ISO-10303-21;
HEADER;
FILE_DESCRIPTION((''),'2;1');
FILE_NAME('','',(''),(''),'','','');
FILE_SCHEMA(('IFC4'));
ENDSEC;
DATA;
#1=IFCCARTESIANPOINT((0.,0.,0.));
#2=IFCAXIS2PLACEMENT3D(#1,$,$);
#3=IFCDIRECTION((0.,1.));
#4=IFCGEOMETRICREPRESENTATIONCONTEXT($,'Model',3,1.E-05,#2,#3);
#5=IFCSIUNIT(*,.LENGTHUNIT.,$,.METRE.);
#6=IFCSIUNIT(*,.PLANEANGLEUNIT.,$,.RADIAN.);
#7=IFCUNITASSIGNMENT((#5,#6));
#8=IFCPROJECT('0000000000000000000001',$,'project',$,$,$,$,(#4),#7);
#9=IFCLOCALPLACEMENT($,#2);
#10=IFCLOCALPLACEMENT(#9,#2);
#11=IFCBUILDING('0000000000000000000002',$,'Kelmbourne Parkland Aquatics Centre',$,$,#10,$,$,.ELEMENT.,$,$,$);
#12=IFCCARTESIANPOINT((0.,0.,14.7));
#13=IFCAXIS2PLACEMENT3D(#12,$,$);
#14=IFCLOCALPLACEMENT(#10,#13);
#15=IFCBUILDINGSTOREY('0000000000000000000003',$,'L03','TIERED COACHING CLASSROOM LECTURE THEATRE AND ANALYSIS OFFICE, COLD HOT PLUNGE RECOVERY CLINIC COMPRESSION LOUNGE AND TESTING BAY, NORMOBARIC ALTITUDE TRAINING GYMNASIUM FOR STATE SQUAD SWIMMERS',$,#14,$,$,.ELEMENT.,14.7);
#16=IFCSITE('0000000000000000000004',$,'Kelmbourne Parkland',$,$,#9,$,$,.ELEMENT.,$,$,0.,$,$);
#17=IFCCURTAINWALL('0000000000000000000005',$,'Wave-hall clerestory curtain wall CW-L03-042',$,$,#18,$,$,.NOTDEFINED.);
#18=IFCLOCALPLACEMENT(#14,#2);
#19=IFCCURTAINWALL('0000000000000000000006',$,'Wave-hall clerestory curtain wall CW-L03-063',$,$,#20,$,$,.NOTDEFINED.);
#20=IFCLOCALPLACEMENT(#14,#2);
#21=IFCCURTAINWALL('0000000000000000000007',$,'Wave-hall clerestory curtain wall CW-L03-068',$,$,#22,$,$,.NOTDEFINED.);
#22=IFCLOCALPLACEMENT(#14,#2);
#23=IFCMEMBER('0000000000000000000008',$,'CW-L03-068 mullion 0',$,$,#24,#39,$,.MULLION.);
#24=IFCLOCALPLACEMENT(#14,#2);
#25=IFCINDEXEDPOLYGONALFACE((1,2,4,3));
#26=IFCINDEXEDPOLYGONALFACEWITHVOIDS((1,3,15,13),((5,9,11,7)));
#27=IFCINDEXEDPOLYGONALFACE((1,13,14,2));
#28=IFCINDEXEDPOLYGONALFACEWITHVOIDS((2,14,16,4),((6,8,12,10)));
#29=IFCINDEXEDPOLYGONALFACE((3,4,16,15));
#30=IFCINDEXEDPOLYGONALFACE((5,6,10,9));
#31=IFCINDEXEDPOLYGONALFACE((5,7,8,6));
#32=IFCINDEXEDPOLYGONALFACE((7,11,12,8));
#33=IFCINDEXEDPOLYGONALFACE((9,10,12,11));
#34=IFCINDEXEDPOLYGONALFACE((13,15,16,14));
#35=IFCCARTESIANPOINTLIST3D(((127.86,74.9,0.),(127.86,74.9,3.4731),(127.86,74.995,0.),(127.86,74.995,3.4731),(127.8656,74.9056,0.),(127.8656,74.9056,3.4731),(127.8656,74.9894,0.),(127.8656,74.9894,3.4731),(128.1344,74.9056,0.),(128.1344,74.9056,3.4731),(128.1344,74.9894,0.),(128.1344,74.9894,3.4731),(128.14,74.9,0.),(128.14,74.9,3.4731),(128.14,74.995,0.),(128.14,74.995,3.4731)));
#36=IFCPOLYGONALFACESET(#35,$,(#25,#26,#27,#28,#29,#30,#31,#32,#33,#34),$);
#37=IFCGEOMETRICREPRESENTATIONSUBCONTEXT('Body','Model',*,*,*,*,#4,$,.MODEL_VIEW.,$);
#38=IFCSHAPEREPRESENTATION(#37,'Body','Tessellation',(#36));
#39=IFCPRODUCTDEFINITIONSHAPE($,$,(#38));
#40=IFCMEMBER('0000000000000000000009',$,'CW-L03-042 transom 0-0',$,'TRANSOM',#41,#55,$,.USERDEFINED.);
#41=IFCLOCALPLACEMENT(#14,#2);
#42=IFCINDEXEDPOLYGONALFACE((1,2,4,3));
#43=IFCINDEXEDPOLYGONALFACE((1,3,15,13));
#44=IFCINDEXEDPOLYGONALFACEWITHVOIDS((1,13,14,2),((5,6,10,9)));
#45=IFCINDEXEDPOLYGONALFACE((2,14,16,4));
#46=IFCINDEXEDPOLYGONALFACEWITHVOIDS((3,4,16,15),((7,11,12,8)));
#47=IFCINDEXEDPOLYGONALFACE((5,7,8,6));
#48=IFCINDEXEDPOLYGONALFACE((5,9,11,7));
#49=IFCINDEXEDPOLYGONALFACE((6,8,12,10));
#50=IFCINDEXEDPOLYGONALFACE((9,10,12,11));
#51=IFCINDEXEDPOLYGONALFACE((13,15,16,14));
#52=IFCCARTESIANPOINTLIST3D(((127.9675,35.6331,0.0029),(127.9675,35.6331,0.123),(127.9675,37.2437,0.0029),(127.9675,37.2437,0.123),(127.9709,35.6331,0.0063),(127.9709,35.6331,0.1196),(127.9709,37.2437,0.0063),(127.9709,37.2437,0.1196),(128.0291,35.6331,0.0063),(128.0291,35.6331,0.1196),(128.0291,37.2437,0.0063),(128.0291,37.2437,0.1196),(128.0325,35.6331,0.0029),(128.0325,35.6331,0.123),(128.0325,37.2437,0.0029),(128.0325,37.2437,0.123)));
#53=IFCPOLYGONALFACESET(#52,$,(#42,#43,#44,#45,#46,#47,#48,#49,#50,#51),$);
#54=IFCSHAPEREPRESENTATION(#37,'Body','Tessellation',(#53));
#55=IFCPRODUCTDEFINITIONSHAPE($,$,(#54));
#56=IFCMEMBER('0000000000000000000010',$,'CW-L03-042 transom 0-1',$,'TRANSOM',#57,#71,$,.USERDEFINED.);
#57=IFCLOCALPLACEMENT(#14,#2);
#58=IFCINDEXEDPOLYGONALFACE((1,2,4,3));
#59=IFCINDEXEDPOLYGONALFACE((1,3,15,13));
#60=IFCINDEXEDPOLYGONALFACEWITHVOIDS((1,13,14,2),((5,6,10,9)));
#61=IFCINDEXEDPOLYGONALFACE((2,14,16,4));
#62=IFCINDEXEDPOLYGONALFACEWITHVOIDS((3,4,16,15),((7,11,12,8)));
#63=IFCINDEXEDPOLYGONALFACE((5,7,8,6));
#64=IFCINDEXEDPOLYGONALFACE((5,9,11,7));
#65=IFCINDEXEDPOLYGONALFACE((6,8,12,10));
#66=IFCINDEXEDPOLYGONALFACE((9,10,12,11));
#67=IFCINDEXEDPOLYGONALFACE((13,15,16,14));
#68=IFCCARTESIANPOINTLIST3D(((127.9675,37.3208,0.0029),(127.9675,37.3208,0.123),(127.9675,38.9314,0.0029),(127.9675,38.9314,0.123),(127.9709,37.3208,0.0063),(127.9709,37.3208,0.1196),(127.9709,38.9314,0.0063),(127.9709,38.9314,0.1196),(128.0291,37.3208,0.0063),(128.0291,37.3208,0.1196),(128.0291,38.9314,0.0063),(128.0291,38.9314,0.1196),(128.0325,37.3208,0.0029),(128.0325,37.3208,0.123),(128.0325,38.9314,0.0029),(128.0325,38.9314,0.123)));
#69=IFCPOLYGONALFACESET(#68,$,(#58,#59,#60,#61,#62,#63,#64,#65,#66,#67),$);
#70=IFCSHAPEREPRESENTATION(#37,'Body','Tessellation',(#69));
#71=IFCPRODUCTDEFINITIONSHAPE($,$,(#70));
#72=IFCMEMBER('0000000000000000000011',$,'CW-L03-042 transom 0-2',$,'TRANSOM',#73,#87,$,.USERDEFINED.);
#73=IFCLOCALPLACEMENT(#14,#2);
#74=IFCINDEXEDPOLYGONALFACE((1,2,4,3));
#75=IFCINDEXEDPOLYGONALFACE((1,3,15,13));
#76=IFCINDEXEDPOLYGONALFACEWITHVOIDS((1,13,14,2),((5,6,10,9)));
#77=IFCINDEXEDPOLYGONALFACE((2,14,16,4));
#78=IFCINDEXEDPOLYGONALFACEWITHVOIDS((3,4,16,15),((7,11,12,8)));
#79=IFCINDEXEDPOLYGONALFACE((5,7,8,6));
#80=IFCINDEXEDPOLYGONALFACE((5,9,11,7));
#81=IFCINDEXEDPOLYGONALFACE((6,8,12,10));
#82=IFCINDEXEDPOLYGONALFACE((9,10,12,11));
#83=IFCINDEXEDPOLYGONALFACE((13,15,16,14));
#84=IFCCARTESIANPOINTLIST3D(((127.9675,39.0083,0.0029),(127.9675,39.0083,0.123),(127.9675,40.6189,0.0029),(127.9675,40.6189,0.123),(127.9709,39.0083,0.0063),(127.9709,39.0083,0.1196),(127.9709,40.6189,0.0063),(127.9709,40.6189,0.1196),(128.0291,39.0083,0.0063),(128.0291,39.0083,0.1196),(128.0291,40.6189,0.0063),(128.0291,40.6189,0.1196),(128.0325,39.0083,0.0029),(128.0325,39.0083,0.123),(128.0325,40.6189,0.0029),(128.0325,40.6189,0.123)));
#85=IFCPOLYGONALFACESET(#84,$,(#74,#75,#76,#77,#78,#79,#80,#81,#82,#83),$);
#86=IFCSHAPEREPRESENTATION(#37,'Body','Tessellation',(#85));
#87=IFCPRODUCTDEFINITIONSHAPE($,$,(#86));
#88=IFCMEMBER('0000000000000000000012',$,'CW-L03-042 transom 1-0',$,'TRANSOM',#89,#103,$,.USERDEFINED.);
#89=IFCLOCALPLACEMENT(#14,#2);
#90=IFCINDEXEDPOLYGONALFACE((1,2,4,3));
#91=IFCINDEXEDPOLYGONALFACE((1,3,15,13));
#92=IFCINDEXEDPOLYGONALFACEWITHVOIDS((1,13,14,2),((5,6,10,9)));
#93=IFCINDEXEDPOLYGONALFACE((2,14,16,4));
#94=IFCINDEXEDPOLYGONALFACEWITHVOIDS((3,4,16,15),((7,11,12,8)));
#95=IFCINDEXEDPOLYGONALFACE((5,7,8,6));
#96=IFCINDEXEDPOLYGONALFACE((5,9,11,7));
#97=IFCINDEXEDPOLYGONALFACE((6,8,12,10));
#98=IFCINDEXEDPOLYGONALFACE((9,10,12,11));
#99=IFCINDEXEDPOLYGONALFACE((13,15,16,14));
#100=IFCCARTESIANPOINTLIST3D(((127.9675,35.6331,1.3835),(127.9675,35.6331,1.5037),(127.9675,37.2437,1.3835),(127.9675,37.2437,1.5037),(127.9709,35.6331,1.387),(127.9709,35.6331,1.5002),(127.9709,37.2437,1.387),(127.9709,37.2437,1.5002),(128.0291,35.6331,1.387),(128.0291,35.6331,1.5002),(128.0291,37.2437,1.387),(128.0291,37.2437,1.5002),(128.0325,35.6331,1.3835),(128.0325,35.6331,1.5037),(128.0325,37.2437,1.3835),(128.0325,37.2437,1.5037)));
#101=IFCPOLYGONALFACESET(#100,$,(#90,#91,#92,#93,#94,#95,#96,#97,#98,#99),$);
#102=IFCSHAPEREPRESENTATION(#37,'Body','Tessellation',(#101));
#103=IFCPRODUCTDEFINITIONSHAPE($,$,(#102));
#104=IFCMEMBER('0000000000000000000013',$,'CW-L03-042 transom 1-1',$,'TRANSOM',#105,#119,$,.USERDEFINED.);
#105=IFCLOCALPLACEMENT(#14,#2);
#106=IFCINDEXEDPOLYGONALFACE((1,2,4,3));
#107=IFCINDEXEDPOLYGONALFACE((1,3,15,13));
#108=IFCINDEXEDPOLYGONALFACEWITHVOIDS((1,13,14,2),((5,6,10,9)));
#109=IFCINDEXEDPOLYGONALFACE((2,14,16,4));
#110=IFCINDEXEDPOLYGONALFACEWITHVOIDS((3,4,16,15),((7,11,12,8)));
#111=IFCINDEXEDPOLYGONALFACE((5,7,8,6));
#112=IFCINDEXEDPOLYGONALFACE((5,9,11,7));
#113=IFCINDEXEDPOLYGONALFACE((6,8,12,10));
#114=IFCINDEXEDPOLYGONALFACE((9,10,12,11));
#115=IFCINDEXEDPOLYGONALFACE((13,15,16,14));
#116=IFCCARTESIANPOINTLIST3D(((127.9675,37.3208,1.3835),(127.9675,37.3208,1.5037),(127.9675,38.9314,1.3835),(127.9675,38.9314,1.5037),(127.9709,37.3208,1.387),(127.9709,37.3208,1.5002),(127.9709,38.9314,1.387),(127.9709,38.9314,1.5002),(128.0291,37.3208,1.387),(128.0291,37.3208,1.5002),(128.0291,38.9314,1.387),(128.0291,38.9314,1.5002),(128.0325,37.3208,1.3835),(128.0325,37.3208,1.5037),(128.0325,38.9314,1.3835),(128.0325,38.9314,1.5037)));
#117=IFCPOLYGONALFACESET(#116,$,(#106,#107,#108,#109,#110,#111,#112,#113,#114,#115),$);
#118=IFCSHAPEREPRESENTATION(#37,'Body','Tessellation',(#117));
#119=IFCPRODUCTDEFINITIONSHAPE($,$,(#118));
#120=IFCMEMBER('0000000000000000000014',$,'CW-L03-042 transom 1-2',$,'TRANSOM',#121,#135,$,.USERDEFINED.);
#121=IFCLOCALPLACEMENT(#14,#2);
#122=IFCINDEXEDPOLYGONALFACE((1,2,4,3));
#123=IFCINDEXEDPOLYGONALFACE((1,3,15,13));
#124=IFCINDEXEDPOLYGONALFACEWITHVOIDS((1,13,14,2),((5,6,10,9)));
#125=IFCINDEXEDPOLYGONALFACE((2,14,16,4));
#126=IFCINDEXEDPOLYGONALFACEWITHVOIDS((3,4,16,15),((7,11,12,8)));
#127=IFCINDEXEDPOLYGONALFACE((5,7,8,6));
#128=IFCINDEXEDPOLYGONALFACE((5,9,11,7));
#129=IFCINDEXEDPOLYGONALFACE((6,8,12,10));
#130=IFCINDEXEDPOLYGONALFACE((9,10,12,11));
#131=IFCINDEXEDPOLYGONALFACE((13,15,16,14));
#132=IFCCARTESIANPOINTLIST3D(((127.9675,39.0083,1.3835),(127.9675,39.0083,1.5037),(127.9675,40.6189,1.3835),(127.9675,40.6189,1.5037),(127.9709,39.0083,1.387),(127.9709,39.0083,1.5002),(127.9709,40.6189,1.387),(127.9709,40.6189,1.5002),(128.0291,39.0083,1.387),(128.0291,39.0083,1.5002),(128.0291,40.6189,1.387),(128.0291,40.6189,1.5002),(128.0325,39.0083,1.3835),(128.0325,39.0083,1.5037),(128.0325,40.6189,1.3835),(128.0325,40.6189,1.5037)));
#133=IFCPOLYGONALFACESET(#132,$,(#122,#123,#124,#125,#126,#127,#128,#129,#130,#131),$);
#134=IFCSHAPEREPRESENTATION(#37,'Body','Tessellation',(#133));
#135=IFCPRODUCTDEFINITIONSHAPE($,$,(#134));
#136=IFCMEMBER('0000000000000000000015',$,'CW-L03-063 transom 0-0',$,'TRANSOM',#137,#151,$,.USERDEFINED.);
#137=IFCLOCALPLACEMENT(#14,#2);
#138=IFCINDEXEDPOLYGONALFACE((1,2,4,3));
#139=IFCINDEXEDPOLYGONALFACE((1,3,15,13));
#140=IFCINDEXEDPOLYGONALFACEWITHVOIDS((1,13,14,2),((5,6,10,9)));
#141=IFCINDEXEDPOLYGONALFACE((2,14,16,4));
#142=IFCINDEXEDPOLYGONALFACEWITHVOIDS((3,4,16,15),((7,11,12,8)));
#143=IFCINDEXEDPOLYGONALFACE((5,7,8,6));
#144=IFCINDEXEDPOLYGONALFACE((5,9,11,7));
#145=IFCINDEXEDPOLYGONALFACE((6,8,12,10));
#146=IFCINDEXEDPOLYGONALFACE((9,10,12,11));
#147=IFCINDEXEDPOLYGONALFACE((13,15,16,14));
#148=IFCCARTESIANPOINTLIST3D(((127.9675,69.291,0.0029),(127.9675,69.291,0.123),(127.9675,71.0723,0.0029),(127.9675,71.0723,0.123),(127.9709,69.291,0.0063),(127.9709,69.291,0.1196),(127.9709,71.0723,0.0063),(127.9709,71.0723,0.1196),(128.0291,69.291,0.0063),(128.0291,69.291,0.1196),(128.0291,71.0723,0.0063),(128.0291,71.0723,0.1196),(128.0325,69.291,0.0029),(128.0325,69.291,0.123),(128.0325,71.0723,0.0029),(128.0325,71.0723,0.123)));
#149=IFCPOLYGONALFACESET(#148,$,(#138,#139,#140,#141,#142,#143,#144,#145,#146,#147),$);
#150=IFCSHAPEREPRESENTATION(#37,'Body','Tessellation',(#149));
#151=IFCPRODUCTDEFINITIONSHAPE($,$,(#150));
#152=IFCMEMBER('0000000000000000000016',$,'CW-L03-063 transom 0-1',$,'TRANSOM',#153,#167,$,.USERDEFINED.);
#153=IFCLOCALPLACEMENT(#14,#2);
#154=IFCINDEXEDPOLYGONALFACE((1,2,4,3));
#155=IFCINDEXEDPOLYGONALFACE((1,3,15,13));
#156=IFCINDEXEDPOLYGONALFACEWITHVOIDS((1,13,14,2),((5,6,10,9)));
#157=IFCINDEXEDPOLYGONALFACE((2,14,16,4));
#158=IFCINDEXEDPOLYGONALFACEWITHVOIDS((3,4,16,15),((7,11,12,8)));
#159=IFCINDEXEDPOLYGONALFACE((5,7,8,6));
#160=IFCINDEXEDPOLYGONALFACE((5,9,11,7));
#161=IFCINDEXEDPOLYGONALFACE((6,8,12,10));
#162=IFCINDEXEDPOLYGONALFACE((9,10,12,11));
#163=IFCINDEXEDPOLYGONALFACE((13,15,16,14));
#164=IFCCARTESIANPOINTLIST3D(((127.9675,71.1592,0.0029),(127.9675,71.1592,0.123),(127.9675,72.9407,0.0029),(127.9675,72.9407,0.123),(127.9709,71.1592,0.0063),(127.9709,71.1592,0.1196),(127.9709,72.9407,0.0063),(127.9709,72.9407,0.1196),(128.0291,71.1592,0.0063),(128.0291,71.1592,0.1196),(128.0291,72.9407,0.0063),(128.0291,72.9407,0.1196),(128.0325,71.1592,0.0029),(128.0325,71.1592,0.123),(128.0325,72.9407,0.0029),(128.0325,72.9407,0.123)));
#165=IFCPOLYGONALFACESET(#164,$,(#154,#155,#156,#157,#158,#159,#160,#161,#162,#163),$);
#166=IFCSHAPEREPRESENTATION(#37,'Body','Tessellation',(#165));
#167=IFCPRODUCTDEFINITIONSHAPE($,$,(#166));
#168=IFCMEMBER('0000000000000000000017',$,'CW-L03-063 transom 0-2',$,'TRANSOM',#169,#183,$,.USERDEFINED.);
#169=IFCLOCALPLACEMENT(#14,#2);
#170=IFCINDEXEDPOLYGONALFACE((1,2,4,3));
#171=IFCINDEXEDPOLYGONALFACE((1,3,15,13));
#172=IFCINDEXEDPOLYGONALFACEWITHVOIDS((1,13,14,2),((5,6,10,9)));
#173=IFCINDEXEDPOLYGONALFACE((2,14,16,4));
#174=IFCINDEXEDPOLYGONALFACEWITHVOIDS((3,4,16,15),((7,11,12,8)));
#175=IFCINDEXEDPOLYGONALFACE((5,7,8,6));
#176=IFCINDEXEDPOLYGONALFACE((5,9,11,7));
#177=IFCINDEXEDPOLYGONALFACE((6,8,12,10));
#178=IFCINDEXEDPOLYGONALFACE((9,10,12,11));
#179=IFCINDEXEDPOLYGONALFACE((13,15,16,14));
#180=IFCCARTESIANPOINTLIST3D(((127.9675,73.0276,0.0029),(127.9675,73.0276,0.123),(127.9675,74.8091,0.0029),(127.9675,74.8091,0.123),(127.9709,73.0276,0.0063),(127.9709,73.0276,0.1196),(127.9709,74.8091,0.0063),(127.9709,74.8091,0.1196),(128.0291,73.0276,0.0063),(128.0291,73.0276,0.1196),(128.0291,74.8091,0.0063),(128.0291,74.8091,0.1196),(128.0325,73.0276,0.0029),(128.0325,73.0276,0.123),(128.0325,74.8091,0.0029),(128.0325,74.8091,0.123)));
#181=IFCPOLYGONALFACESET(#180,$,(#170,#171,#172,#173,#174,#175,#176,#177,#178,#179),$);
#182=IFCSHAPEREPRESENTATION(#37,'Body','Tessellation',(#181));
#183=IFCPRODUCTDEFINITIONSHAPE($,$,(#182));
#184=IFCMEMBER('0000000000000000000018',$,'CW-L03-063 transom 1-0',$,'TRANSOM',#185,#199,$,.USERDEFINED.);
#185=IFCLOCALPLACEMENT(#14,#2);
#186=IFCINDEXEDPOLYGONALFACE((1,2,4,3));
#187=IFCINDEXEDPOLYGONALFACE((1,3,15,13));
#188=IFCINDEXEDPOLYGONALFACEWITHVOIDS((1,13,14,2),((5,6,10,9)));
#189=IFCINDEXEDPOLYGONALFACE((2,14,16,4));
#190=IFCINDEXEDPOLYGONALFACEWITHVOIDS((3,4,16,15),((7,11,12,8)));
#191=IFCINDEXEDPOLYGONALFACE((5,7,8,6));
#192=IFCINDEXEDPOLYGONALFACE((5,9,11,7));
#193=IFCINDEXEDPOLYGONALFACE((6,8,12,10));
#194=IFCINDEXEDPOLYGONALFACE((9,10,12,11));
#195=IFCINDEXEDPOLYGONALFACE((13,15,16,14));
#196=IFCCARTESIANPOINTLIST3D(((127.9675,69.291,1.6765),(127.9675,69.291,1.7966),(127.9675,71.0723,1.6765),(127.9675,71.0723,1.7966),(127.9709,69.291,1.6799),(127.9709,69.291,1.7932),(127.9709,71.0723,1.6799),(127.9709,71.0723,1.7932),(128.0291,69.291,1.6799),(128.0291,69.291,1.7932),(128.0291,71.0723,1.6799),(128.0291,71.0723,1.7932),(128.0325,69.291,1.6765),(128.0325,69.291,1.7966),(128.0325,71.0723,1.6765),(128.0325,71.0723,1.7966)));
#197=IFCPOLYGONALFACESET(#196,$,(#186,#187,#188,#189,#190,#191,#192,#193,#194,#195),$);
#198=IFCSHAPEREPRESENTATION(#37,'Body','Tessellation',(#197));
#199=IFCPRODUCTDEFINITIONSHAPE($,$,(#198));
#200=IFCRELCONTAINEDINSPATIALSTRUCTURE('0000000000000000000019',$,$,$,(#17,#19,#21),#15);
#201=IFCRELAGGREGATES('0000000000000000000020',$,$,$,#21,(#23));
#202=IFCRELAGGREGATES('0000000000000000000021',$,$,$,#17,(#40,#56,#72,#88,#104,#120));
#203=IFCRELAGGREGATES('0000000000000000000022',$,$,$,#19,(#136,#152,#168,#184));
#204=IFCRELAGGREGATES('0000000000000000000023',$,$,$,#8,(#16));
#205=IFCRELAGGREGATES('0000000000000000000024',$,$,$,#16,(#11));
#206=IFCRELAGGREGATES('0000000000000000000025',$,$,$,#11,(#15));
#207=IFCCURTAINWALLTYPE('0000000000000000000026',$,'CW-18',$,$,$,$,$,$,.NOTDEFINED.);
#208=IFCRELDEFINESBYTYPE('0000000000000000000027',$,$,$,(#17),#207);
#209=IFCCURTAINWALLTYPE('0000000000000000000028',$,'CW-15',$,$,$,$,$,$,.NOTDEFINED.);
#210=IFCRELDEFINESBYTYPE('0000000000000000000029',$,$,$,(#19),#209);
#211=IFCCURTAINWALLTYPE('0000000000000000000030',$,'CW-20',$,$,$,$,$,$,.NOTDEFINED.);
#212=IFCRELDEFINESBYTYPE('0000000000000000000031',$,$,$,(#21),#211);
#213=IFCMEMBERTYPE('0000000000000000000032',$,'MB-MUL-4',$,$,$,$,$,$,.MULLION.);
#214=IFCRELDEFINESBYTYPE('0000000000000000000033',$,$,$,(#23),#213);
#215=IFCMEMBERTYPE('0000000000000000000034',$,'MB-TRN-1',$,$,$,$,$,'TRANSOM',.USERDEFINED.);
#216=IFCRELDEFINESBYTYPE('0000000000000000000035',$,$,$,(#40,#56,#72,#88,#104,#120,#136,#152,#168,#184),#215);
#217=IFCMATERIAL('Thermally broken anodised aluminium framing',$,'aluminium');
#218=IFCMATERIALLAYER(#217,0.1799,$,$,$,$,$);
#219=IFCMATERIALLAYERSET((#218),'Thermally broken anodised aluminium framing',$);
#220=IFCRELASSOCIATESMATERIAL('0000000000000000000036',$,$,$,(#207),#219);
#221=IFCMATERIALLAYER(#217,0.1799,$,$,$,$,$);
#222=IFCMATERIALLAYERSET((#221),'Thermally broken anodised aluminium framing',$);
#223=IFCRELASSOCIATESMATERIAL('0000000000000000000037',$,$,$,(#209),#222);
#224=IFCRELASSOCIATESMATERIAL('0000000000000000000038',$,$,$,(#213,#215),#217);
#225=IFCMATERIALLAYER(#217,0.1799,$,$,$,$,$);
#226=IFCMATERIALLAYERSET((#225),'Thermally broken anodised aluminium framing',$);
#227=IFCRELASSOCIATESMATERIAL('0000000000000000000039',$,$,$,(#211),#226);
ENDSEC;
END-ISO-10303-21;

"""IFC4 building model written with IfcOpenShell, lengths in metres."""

from ifc_helpers import new_model, si_unit, direction, frame, origin, origin_2d, place, context, subcontext, project, spatial, hollow_rectangle, extrude, material, layer, layer_set, material_profile, profile_set, type_object, element, aggregate, save


model = new_model("IFC4")

# Units and contexts
model_context = context("Model", 3, precision=1e-05, world=origin(), true_north=direction((0.0, 1.0)))
body_context = subcontext(model_context, "Body", "Model", "MODEL_VIEW")
ifc_project = project(units=[si_unit("LENGTHUNIT", "METRE"), si_unit("PLANEANGLEUNIT", "RADIAN")], contexts=[model_context])

# Site, building, storey
site_placement = place(None, origin())
site = spatial("IfcSite", under=ifc_project, at=site_placement, Name="Kelmbourne Parkland", CompositionType="ELEMENT", RefElevation=0.0)
building_placement = place(site_placement, origin())
building = spatial("IfcBuilding", under=site, at=building_placement, Name="Kelmbourne Parkland Aquatics Centre", CompositionType="ELEMENT")
storey_placement = place(building_placement, frame((0.0, 0.0, 14.7)))
storey = spatial("IfcBuildingStorey", under=building, at=storey_placement, Name="L03", Description="TIERED COACHING CLASSROOM LECTURE THEATRE AND ANALYSIS OFFICE, COLD HOT PLUNGE RECOVERY CLINIC COMPRESSION LOUNGE AND TESTING BAY, NORMOBARIC ALTITUDE TRAINING GYMNASIUM FOR STATE SQUAD SWIMMERS", CompositionType="ELEMENT", Elevation=14.7)

# Shared definitions
ifc_material_1 = material(Name="Thermally broken anodised aluminium framing", Category="aluminium")

# Curtain wall
ifc_layer_1 = layer(ifc_material_1, 0.1799)
ifc_layer_set_1 = layer_set([ifc_layer_1], Name="Thermally broken anodised aluminium framing")
curtain_wall_type_1 = type_object("IfcCurtainWallType", Name="CW-18", PredefinedType="NOTDEFINED", material=ifc_layer_set_1)
curtain_wall_1_placement = place(storey_placement, origin())
curtain_wall_1 = element("IfcCurtainWall", 1, at=curtain_wall_1_placement, inside=storey, type_object=curtain_wall_type_1, Name="Wave-hall clerestory curtain wall CW-L03-042", PredefinedType="NOTDEFINED")

# Curtain wall
ifc_layer_2 = layer(ifc_material_1, 0.1799)
ifc_layer_set_2 = layer_set([ifc_layer_2], Name="Thermally broken anodised aluminium framing")
curtain_wall_type_2 = type_object("IfcCurtainWallType", Name="CW-15", PredefinedType="NOTDEFINED", material=ifc_layer_set_2)
curtain_wall_2_placement = place(storey_placement, origin())
curtain_wall_2 = element("IfcCurtainWall", 2, at=curtain_wall_2_placement, inside=storey, type_object=curtain_wall_type_2, Name="Wave-hall clerestory curtain wall CW-L03-063", PredefinedType="NOTDEFINED")
ifc_material_profile_1 = material_profile(ifc_material_1, hollow_rectangle(XDim=0.095, YDim=0.28, WallThickness=0.0056, at=origin_2d()), Name="CW-M 95x280")
ifc_profile_set_1 = profile_set([ifc_material_profile_1], Name="Thermally broken anodised aluminium framing")
member_type_1 = type_object("IfcMemberType", Name="MB-MUL-4", PredefinedType="MULLION", material=ifc_profile_set_1)

# Curtain wall, member
ifc_layer_3 = layer(ifc_material_1, 0.1799)
ifc_layer_set_3 = layer_set([ifc_layer_3], Name="Thermally broken anodised aluminium framing")
curtain_wall_type_3 = type_object("IfcCurtainWallType", Name="CW-20", PredefinedType="NOTDEFINED", material=ifc_layer_set_3)
curtain_wall_3_placement = place(storey_placement, origin())
curtain_wall_3 = element("IfcCurtainWall", 3, at=curtain_wall_3_placement, inside=storey, type_object=curtain_wall_type_3, Name="Wave-hall clerestory curtain wall CW-L03-068", PredefinedType="NOTDEFINED")
member_1_placement = place(storey_placement, frame((128.0, 74.9475, 0.0), z_axis=(0.0, 0.0, 1.0), x_axis=(0.0, 1.0, 0.0)))
member_1 = element("IfcMember", 4, at=member_1_placement, type_object=member_type_1, Name="CW-L03-068 mullion 0", PredefinedType="MULLION", context=body_context, shape_type="SweptSolid", body=[
    extrude(hollow_rectangle(XDim=0.095, YDim=0.28, WallThickness=0.0056, at=origin_2d()), origin(), (0.0, 0.0, 1.0), 3.4731),
])
aggregate(curtain_wall_3, [member_1])

# Members
ifc_material_profile_2 = material_profile(ifc_material_1, hollow_rectangle(XDim=0.0649, YDim=0.1201, WallThickness=0.0034, at=origin_2d()), Name="CW-T 65x120")
ifc_profile_set_2 = profile_set([ifc_material_profile_2], Name="Thermally broken anodised aluminium framing")
member_type_2 = type_object("IfcMemberType", Name="MB-TRN-1", ElementType="TRANSOM", PredefinedType="USERDEFINED", material=ifc_profile_set_2)
member_2_placement = place(storey_placement, frame((128.0, 35.6331, 0.063), z_axis=(0.0, 1.0, 0.0), x_axis=(-1.0, 0.0, 0.0)))
member_2 = element("IfcMember", 5, at=member_2_placement, type_object=member_type_2, Name="CW-L03-042 transom 0-0", ObjectType="TRANSOM", PredefinedType="USERDEFINED", context=body_context, shape_type="SweptSolid", body=[
    extrude(hollow_rectangle(XDim=0.0649, YDim=0.1201, WallThickness=0.0034, at=origin_2d()), origin(), (0.0, 0.0, 1.0), 1.6106),
])
member_3_placement = place(storey_placement, frame((128.0, 37.3208, 0.063), z_axis=(0.0, 1.0, 0.0), x_axis=(-1.0, 0.0, 0.0)))
member_3 = element("IfcMember", 6, at=member_3_placement, type_object=member_type_2, Name="CW-L03-042 transom 0-1", ObjectType="TRANSOM", PredefinedType="USERDEFINED", context=body_context, shape_type="SweptSolid", body=[
    extrude(hollow_rectangle(XDim=0.0649, YDim=0.1201, WallThickness=0.0034, at=origin_2d()), origin(), (0.0, 0.0, 1.0), 1.6106),
])
member_4_placement = place(storey_placement, frame((128.0, 39.0083, 0.063), z_axis=(0.0, 1.0, 0.0), x_axis=(-1.0, 0.0, 0.0)))
member_4 = element("IfcMember", 7, at=member_4_placement, type_object=member_type_2, Name="CW-L03-042 transom 0-2", ObjectType="TRANSOM", PredefinedType="USERDEFINED", context=body_context, shape_type="SweptSolid", body=[
    extrude(hollow_rectangle(XDim=0.0649, YDim=0.1201, WallThickness=0.0034, at=origin_2d()), origin(), (0.0, 0.0, 1.0), 1.6106),
])
member_5_placement = place(storey_placement, frame((128.0, 35.6331, 1.4436), z_axis=(0.0, 1.0, 0.0), x_axis=(-1.0, 0.0, 0.0)))
member_5 = element("IfcMember", 8, at=member_5_placement, type_object=member_type_2, Name="CW-L03-042 transom 1-0", ObjectType="TRANSOM", PredefinedType="USERDEFINED", context=body_context, shape_type="SweptSolid", body=[
    extrude(hollow_rectangle(XDim=0.0649, YDim=0.1201, WallThickness=0.0034, at=origin_2d()), origin(), (0.0, 0.0, 1.0), 1.6106),
])
member_6_placement = place(storey_placement, frame((128.0, 37.3208, 1.4436), z_axis=(0.0, 1.0, 0.0), x_axis=(-1.0, 0.0, 0.0)))
member_6 = element("IfcMember", 9, at=member_6_placement, type_object=member_type_2, Name="CW-L03-042 transom 1-1", ObjectType="TRANSOM", PredefinedType="USERDEFINED", context=body_context, shape_type="SweptSolid", body=[
    extrude(hollow_rectangle(XDim=0.0649, YDim=0.1201, WallThickness=0.0034, at=origin_2d()), origin(), (0.0, 0.0, 1.0), 1.6106),
])
member_7_placement = place(storey_placement, frame((128.0, 39.0083, 1.4436), z_axis=(0.0, 1.0, 0.0), x_axis=(-1.0, 0.0, 0.0)))
member_7 = element("IfcMember", 10, at=member_7_placement, type_object=member_type_2, Name="CW-L03-042 transom 1-2", ObjectType="TRANSOM", PredefinedType="USERDEFINED", context=body_context, shape_type="SweptSolid", body=[
    extrude(hollow_rectangle(XDim=0.0649, YDim=0.1201, WallThickness=0.0034, at=origin_2d()), origin(), (0.0, 0.0, 1.0), 1.6106),
])
member_8_placement = place(storey_placement, frame((128.0, 69.291, 0.063), z_axis=(0.0, 1.0, 0.0), x_axis=(-1.0, 0.0, 0.0)))
member_8 = element("IfcMember", 11, at=member_8_placement, type_object=member_type_2, Name="CW-L03-063 transom 0-0", ObjectType="TRANSOM", PredefinedType="USERDEFINED", context=body_context, shape_type="SweptSolid", body=[
    extrude(hollow_rectangle(XDim=0.0649, YDim=0.1201, WallThickness=0.0034, at=origin_2d()), origin(), (0.0, 0.0, 1.0), 1.7812),
])
member_9_placement = place(storey_placement, frame((128.0, 71.1592, 0.063), z_axis=(0.0, 1.0, 0.0), x_axis=(-1.0, 0.0, 0.0)))
member_9 = element("IfcMember", 12, at=member_9_placement, type_object=member_type_2, Name="CW-L03-063 transom 0-1", ObjectType="TRANSOM", PredefinedType="USERDEFINED", context=body_context, shape_type="SweptSolid", body=[
    extrude(hollow_rectangle(XDim=0.0649, YDim=0.1201, WallThickness=0.0034, at=origin_2d()), origin(), (0.0, 0.0, 1.0), 1.7815),
])
member_10_placement = place(storey_placement, frame((128.0, 73.0276, 0.063), z_axis=(0.0, 1.0, 0.0), x_axis=(-1.0, 0.0, 0.0)))
member_10 = element("IfcMember", 13, at=member_10_placement, type_object=member_type_2, Name="CW-L03-063 transom 0-2", ObjectType="TRANSOM", PredefinedType="USERDEFINED", context=body_context, shape_type="SweptSolid", body=[
    extrude(hollow_rectangle(XDim=0.0649, YDim=0.1201, WallThickness=0.0034, at=origin_2d()), origin(), (0.0, 0.0, 1.0), 1.7815),
])
member_11_placement = place(storey_placement, frame((128.0, 69.291, 1.7366), z_axis=(0.0, 1.0, 0.0), x_axis=(-1.0, 0.0, 0.0)))
member_11 = element("IfcMember", 14, at=member_11_placement, type_object=member_type_2, Name="CW-L03-063 transom 1-0", ObjectType="TRANSOM", PredefinedType="USERDEFINED", context=body_context, shape_type="SweptSolid", body=[
    extrude(hollow_rectangle(XDim=0.0649, YDim=0.1201, WallThickness=0.0034, at=origin_2d()), origin(), (0.0, 0.0, 1.0), 1.7812),
])

aggregate(curtain_wall_1, [member_2, member_3, member_4, member_5, member_6, member_7])
aggregate(curtain_wall_2, [member_8, member_9, member_10, member_11])

save(model, "model.ifc")
